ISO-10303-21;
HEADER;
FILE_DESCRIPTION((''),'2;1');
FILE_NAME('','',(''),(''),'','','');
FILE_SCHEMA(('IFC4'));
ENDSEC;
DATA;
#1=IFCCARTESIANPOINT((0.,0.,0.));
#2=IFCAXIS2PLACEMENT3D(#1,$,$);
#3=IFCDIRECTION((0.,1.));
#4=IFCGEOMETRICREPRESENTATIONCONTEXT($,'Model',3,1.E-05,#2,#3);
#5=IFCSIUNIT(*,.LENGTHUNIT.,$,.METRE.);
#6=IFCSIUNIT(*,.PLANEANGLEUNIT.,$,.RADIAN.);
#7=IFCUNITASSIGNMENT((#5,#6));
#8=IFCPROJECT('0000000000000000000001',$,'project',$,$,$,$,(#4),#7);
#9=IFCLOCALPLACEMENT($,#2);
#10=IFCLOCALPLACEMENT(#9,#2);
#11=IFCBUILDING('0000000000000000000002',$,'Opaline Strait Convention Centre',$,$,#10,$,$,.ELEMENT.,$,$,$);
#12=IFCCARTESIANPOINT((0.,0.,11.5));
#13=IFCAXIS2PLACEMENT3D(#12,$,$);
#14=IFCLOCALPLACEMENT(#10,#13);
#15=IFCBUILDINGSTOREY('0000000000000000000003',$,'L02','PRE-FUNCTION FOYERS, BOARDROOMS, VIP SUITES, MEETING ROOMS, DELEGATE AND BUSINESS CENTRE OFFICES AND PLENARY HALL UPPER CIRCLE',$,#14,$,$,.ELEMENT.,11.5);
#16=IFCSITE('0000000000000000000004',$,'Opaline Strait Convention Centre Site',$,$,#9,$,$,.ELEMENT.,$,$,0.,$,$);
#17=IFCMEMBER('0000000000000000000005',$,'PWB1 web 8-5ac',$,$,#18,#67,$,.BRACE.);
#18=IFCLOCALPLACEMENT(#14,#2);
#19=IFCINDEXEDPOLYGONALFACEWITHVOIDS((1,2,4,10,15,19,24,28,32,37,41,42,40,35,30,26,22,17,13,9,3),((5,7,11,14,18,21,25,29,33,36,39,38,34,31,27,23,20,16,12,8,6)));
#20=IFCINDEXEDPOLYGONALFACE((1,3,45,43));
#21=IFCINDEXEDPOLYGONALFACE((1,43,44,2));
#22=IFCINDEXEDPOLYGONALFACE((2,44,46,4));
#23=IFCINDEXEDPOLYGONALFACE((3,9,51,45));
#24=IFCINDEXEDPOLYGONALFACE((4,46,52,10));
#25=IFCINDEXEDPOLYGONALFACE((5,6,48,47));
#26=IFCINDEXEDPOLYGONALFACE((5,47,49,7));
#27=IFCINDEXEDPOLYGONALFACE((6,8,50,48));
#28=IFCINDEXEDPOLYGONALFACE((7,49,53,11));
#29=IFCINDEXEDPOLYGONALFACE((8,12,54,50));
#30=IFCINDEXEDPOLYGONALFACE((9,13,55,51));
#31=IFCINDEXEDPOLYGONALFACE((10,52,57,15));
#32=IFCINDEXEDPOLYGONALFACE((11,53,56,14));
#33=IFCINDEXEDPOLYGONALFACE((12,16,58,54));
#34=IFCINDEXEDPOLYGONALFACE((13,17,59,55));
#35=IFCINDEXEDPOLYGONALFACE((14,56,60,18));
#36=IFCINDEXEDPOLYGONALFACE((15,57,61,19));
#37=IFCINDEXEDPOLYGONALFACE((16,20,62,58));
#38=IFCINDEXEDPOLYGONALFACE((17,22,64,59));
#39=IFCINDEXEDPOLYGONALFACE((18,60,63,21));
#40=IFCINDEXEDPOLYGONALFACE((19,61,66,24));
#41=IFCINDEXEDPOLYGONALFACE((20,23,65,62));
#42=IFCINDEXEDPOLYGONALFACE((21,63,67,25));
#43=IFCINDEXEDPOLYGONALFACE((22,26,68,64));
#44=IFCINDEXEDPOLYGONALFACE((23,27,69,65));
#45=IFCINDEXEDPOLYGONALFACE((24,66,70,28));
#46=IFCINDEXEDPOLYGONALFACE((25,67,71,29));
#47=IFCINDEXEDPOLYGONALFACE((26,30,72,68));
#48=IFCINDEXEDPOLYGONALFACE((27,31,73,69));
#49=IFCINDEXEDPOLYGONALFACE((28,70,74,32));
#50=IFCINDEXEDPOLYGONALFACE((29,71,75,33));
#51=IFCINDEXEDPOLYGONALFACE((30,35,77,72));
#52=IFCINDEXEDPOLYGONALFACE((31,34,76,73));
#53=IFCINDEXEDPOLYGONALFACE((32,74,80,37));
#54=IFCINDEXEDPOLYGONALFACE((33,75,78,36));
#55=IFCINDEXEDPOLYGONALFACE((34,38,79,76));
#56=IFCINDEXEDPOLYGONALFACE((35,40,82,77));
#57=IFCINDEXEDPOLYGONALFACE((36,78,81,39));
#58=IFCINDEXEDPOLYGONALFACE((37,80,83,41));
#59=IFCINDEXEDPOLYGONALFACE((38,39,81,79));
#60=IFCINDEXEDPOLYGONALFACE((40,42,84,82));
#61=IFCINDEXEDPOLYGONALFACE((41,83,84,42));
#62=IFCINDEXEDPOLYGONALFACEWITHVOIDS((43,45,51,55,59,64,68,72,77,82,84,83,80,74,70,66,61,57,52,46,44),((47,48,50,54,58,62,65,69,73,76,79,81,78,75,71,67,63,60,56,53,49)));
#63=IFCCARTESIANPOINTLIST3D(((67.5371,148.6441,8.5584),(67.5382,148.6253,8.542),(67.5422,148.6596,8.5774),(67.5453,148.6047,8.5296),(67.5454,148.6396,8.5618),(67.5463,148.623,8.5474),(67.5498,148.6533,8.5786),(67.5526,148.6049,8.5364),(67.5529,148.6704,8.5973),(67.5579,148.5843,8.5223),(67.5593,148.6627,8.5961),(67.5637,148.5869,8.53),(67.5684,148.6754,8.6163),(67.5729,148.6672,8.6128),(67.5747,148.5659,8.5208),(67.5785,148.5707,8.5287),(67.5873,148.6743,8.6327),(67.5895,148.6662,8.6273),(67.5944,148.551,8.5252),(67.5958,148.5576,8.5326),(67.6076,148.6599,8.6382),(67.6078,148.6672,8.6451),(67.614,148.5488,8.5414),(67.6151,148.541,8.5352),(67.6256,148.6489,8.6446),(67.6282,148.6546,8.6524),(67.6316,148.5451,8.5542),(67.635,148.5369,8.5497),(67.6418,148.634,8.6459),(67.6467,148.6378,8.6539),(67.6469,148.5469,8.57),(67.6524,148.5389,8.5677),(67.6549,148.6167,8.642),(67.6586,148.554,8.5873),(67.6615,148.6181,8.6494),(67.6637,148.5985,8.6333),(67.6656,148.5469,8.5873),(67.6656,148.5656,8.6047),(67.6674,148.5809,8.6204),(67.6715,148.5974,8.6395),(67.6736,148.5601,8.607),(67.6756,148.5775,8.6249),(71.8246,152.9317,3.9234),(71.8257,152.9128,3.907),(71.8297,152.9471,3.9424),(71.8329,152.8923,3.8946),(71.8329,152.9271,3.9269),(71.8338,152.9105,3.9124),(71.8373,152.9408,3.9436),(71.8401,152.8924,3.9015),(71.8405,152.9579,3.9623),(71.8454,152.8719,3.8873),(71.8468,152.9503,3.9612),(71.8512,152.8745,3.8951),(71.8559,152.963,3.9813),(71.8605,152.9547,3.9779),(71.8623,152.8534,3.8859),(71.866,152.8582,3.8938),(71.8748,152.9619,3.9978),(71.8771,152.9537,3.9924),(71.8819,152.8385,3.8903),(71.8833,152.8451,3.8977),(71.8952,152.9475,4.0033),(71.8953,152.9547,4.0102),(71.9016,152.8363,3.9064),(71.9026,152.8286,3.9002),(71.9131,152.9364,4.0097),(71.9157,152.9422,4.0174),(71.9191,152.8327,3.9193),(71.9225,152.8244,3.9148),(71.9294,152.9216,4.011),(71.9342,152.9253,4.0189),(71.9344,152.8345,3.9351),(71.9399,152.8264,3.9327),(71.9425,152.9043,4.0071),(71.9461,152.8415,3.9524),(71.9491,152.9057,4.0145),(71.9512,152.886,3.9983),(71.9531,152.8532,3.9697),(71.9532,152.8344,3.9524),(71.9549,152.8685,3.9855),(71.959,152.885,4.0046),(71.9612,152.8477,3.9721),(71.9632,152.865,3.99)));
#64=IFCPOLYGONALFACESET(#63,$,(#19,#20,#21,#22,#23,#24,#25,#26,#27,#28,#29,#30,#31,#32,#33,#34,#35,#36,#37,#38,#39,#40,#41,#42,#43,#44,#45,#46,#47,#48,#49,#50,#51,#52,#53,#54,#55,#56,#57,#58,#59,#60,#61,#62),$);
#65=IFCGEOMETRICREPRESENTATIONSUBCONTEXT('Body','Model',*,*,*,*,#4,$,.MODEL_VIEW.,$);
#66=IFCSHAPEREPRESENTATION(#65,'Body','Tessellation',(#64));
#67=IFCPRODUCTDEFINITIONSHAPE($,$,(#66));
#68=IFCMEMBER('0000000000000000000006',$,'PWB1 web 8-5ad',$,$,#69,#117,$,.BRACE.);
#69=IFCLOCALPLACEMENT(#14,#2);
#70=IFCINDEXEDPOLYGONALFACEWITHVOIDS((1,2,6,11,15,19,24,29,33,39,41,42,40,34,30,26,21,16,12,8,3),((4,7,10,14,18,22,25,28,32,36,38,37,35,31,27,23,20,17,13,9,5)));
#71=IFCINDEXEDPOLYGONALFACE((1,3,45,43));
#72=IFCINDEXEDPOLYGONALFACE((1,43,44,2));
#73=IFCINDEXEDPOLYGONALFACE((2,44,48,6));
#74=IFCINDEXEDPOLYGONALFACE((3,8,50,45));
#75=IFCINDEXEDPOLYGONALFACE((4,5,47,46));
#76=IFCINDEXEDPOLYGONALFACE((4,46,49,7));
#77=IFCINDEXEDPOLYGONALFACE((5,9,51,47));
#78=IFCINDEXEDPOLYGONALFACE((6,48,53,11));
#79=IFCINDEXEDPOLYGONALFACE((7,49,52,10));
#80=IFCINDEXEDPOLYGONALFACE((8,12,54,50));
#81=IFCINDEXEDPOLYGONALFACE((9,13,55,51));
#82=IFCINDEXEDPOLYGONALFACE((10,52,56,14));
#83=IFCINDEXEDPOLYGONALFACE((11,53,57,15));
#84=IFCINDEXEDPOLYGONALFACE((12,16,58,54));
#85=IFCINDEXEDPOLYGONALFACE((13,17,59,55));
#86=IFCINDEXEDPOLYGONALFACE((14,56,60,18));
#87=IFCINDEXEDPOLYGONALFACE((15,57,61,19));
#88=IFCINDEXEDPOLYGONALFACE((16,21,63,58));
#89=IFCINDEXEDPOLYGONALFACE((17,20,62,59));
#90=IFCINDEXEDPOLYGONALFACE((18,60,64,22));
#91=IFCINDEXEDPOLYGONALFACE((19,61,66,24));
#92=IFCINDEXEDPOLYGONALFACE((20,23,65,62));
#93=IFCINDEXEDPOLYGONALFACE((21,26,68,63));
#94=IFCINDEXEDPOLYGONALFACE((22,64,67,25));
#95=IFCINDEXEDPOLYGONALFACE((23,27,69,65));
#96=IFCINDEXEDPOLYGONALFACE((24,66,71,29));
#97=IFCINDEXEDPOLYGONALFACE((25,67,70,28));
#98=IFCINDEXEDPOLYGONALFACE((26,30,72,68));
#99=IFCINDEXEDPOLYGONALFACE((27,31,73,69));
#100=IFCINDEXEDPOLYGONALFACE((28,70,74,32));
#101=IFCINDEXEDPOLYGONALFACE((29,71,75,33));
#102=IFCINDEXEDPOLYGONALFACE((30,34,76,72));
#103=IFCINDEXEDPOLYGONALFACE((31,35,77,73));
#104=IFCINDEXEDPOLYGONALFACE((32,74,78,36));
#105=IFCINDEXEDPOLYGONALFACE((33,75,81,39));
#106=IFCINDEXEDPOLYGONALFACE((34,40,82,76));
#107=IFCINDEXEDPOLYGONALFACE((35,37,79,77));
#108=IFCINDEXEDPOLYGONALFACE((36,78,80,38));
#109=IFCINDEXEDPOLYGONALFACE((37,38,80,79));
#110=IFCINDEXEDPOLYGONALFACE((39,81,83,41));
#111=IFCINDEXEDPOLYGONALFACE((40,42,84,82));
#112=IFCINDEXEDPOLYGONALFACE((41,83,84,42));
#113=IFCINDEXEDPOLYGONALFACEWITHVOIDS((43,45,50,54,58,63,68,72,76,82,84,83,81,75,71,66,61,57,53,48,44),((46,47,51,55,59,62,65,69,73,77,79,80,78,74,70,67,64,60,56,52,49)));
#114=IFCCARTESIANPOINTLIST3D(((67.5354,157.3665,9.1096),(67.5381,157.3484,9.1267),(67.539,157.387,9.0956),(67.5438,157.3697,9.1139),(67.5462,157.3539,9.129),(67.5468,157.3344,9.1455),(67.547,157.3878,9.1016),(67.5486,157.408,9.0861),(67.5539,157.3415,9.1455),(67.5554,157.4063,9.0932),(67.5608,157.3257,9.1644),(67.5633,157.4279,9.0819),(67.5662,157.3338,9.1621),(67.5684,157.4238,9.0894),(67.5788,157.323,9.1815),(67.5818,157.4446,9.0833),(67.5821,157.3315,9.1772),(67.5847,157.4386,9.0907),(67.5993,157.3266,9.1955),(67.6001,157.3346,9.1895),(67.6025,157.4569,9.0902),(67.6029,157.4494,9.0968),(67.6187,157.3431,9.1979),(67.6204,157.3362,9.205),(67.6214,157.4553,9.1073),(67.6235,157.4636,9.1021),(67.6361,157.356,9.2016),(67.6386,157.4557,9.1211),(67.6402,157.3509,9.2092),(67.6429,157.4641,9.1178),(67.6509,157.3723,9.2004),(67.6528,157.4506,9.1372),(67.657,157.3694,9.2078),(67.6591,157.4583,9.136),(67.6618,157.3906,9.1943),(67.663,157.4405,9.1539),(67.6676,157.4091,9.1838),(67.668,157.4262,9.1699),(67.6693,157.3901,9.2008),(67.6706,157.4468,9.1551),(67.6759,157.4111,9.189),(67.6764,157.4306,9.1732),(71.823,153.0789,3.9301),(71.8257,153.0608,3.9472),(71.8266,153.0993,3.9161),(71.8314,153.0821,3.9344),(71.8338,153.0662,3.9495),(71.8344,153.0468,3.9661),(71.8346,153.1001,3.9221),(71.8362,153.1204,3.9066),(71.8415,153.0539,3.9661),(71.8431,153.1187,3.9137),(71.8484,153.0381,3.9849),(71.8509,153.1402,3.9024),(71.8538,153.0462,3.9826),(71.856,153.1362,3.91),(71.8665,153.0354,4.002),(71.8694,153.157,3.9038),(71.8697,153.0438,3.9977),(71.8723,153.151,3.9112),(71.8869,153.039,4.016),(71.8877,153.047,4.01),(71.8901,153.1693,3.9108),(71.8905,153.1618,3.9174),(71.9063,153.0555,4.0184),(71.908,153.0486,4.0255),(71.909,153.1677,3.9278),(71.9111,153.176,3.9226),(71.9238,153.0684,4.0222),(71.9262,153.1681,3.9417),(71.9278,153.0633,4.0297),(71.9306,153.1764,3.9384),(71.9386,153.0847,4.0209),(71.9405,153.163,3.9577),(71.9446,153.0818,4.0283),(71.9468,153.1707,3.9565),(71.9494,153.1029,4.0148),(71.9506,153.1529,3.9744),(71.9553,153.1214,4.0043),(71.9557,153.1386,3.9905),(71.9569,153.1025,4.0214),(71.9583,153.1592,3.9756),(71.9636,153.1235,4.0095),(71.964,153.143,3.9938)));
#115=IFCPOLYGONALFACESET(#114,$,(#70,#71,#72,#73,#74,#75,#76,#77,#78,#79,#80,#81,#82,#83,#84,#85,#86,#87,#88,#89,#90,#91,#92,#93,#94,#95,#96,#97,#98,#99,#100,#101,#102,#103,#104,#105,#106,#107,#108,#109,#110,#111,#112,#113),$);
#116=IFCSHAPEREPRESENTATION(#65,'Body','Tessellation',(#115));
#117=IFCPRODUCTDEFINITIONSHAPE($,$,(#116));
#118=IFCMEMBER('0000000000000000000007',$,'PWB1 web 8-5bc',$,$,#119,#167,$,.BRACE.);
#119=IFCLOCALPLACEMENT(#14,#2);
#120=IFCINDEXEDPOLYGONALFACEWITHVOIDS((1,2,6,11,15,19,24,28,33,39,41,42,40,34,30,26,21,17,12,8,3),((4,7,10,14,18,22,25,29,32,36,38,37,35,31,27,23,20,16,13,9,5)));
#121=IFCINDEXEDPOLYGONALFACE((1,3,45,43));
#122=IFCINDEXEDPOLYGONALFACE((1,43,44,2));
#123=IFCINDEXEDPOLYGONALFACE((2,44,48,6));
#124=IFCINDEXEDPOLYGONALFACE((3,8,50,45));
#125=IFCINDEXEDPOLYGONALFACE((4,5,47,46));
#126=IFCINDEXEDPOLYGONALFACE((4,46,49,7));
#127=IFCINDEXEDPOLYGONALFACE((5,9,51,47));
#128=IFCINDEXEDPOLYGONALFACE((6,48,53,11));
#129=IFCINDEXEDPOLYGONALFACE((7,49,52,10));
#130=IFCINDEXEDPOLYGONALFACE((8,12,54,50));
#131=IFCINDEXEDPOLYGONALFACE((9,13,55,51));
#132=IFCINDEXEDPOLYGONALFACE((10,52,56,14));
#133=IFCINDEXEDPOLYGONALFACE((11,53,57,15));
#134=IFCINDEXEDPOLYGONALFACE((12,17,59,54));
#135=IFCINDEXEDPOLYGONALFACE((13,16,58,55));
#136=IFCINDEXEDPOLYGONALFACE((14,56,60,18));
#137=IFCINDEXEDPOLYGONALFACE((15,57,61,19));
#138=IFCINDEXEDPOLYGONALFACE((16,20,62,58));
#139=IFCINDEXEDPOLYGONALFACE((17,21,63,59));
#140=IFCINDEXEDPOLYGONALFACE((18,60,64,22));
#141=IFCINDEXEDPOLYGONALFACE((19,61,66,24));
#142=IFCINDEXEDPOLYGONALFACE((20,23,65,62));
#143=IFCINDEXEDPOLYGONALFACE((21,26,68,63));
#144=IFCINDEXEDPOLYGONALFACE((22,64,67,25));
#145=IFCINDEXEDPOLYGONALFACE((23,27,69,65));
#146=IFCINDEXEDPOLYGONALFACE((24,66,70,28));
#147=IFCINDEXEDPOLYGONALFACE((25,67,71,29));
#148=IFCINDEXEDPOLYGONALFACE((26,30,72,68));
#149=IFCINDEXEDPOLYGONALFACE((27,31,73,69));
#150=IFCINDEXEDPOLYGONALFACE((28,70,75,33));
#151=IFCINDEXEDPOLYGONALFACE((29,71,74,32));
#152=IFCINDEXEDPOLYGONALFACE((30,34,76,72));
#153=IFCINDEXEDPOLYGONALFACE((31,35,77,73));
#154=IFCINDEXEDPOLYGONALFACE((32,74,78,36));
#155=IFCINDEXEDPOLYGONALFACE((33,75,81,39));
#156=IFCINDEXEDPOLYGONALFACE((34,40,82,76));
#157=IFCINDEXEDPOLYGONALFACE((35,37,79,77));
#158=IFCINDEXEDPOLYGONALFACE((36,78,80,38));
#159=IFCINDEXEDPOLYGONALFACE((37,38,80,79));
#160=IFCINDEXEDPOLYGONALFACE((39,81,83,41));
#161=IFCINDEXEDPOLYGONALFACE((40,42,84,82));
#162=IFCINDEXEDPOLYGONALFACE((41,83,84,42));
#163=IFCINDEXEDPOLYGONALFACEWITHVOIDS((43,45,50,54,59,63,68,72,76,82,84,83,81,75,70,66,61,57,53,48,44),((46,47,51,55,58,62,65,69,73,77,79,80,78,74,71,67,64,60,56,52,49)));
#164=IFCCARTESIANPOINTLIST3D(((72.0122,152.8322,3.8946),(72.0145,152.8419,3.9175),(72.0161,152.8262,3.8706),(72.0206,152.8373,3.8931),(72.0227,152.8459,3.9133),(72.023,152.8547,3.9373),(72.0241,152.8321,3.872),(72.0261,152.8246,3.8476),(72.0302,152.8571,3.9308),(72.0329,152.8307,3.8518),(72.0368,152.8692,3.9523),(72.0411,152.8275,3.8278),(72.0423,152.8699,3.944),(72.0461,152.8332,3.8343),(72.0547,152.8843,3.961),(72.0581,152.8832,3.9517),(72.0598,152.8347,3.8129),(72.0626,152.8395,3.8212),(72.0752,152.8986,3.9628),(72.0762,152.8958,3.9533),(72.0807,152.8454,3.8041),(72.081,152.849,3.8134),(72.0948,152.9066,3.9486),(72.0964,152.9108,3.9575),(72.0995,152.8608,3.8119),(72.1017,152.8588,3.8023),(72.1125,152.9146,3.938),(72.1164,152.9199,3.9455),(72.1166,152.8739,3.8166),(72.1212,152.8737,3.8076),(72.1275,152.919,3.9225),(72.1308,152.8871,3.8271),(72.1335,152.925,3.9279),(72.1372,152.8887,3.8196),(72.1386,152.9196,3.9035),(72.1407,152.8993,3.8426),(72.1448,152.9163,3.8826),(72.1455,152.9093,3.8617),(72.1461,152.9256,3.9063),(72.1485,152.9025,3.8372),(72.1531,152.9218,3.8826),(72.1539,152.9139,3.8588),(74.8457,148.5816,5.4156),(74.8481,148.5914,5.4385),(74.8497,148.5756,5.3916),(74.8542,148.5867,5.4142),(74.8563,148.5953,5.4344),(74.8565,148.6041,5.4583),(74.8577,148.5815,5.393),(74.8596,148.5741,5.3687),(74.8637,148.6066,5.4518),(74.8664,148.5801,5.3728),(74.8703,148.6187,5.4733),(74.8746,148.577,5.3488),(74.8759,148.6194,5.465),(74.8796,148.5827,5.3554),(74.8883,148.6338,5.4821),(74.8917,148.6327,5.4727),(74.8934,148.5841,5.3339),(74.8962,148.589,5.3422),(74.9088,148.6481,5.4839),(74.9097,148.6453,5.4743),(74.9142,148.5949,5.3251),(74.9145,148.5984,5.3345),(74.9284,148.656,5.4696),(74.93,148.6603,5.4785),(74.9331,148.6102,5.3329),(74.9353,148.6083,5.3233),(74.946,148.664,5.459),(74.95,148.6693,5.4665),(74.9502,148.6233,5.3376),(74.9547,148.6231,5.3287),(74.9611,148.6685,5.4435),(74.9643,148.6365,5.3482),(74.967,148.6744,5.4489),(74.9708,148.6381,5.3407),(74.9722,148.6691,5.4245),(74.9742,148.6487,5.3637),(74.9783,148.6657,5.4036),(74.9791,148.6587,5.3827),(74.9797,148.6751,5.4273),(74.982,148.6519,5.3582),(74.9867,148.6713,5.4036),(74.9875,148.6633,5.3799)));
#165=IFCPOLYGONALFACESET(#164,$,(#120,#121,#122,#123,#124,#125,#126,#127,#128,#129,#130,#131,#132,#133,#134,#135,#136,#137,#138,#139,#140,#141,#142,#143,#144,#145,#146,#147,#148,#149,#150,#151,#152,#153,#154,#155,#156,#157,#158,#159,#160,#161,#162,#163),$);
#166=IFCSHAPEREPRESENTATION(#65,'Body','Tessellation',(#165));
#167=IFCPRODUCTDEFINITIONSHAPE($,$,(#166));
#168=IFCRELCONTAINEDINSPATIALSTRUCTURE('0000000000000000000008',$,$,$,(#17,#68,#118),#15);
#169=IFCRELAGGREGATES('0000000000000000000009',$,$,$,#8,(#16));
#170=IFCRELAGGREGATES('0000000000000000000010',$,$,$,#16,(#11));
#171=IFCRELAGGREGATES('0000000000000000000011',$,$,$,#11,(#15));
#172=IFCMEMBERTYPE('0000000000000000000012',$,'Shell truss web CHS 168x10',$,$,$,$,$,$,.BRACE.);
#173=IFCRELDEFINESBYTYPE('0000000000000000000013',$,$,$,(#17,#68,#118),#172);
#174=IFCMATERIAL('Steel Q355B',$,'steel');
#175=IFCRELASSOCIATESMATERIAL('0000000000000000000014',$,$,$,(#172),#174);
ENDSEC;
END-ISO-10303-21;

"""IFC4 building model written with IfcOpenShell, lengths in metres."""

from ifc_helpers import new_model, si_unit, direction, frame, origin, origin_2d, place, context, subcontext, project, spatial, hollow_circle, extrude, material, material_profile, profile_set, type_object, element, save


model = new_model("IFC4")

# Units and contexts
model_context = context("Model", 3, precision=1e-05, world=origin(), true_north=direction((0.0, 1.0)))
body_context = subcontext(model_context, "Body", "Model", "MODEL_VIEW")
ifc_project = project(units=[si_unit("LENGTHUNIT", "METRE"), si_unit("PLANEANGLEUNIT", "RADIAN")], contexts=[model_context])

# Site, building, storey
site_placement = place(None, origin())
site = spatial("IfcSite", under=ifc_project, at=site_placement, Name="Opaline Strait Convention Centre Site", CompositionType="ELEMENT", RefElevation=0.0)
building_placement = place(site_placement, origin())
building = spatial("IfcBuilding", under=site, at=building_placement, Name="Opaline Strait Convention Centre", CompositionType="ELEMENT")
storey_placement = place(building_placement, frame((0.0, 0.0, 11.5)))
storey = spatial("IfcBuildingStorey", under=building, at=storey_placement, Name="L02", Description="PRE-FUNCTION FOYERS, BOARDROOMS, VIP SUITES, MEETING ROOMS, DELEGATE AND BUSINESS CENTRE OFFICES AND PLENARY HALL UPPER CIRCLE", CompositionType="ELEMENT", Elevation=11.5)

# Members
ifc_material_1 = material(Name="Steel Q355B", Category="steel")
ifc_material_profile_1 = material_profile(ifc_material_1, hollow_circle(Radius=0.084, WallThickness=0.01, at=origin_2d()), Name="CHS 168x10")
ifc_profile_set_1 = profile_set([ifc_material_profile_1], Name="Steel Q355B")
member_type_1 = type_object("IfcMemberType", Name="Shell truss web CHS 168x10", PredefinedType="BRACE", material=ifc_profile_set_1)
member_1_placement = place(storey_placement, frame((71.8938, 152.8938, 3.9524), z_axis=(-0.561778, -0.561778, 0.607298), x_axis=(0.707107, -0.707107, 0.0)))
element("IfcMember", 1, at=member_1_placement, inside=storey, type_object=member_type_1, Name="PWB1 web 8-5ac", PredefinedType="BRACE", context=body_context, shape_type="SweptSolid", body=[
    extrude(hollow_circle(Radius=0.084, WallThickness=0.01, at=origin_2d()), origin(), (0.0, 0.0, 1.0), 7.6321),
])
member_2_placement = place(storey_placement, frame((71.8938, 153.1062, 3.9661), z_axis=(-0.537659, 0.537659, 0.649496), x_axis=(-0.707107, -0.707107, 0.0)))
element("IfcMember", 2, at=member_2_placement, inside=storey, type_object=member_type_1, Name="PWB1 web 8-5ad", PredefinedType="BRACE", context=body_context, shape_type="SweptSolid", body=[
    extrude(hollow_circle(Radius=0.084, WallThickness=0.01, at=origin_2d()), origin(), (0.0, 0.0, 1.0), 7.9746),
])
member_3_placement = place(storey_placement, frame((72.0833, 152.8752, 3.8826), z_axis=(0.531614, -0.797467, 0.285366), x_axis=(0.832065, 0.554678, 0.0)))
element("IfcMember", 3, at=member_3_placement, inside=storey, type_object=member_type_1, Name="PWB1 web 8-5bc", PredefinedType="BRACE", context=body_context, shape_type="SweptSolid", body=[
    extrude(hollow_circle(Radius=0.084, WallThickness=0.01, at=origin_2d()), origin(), (0.0, 0.0, 1.0), 5.3301),
])

save(model, "model.ifc")
